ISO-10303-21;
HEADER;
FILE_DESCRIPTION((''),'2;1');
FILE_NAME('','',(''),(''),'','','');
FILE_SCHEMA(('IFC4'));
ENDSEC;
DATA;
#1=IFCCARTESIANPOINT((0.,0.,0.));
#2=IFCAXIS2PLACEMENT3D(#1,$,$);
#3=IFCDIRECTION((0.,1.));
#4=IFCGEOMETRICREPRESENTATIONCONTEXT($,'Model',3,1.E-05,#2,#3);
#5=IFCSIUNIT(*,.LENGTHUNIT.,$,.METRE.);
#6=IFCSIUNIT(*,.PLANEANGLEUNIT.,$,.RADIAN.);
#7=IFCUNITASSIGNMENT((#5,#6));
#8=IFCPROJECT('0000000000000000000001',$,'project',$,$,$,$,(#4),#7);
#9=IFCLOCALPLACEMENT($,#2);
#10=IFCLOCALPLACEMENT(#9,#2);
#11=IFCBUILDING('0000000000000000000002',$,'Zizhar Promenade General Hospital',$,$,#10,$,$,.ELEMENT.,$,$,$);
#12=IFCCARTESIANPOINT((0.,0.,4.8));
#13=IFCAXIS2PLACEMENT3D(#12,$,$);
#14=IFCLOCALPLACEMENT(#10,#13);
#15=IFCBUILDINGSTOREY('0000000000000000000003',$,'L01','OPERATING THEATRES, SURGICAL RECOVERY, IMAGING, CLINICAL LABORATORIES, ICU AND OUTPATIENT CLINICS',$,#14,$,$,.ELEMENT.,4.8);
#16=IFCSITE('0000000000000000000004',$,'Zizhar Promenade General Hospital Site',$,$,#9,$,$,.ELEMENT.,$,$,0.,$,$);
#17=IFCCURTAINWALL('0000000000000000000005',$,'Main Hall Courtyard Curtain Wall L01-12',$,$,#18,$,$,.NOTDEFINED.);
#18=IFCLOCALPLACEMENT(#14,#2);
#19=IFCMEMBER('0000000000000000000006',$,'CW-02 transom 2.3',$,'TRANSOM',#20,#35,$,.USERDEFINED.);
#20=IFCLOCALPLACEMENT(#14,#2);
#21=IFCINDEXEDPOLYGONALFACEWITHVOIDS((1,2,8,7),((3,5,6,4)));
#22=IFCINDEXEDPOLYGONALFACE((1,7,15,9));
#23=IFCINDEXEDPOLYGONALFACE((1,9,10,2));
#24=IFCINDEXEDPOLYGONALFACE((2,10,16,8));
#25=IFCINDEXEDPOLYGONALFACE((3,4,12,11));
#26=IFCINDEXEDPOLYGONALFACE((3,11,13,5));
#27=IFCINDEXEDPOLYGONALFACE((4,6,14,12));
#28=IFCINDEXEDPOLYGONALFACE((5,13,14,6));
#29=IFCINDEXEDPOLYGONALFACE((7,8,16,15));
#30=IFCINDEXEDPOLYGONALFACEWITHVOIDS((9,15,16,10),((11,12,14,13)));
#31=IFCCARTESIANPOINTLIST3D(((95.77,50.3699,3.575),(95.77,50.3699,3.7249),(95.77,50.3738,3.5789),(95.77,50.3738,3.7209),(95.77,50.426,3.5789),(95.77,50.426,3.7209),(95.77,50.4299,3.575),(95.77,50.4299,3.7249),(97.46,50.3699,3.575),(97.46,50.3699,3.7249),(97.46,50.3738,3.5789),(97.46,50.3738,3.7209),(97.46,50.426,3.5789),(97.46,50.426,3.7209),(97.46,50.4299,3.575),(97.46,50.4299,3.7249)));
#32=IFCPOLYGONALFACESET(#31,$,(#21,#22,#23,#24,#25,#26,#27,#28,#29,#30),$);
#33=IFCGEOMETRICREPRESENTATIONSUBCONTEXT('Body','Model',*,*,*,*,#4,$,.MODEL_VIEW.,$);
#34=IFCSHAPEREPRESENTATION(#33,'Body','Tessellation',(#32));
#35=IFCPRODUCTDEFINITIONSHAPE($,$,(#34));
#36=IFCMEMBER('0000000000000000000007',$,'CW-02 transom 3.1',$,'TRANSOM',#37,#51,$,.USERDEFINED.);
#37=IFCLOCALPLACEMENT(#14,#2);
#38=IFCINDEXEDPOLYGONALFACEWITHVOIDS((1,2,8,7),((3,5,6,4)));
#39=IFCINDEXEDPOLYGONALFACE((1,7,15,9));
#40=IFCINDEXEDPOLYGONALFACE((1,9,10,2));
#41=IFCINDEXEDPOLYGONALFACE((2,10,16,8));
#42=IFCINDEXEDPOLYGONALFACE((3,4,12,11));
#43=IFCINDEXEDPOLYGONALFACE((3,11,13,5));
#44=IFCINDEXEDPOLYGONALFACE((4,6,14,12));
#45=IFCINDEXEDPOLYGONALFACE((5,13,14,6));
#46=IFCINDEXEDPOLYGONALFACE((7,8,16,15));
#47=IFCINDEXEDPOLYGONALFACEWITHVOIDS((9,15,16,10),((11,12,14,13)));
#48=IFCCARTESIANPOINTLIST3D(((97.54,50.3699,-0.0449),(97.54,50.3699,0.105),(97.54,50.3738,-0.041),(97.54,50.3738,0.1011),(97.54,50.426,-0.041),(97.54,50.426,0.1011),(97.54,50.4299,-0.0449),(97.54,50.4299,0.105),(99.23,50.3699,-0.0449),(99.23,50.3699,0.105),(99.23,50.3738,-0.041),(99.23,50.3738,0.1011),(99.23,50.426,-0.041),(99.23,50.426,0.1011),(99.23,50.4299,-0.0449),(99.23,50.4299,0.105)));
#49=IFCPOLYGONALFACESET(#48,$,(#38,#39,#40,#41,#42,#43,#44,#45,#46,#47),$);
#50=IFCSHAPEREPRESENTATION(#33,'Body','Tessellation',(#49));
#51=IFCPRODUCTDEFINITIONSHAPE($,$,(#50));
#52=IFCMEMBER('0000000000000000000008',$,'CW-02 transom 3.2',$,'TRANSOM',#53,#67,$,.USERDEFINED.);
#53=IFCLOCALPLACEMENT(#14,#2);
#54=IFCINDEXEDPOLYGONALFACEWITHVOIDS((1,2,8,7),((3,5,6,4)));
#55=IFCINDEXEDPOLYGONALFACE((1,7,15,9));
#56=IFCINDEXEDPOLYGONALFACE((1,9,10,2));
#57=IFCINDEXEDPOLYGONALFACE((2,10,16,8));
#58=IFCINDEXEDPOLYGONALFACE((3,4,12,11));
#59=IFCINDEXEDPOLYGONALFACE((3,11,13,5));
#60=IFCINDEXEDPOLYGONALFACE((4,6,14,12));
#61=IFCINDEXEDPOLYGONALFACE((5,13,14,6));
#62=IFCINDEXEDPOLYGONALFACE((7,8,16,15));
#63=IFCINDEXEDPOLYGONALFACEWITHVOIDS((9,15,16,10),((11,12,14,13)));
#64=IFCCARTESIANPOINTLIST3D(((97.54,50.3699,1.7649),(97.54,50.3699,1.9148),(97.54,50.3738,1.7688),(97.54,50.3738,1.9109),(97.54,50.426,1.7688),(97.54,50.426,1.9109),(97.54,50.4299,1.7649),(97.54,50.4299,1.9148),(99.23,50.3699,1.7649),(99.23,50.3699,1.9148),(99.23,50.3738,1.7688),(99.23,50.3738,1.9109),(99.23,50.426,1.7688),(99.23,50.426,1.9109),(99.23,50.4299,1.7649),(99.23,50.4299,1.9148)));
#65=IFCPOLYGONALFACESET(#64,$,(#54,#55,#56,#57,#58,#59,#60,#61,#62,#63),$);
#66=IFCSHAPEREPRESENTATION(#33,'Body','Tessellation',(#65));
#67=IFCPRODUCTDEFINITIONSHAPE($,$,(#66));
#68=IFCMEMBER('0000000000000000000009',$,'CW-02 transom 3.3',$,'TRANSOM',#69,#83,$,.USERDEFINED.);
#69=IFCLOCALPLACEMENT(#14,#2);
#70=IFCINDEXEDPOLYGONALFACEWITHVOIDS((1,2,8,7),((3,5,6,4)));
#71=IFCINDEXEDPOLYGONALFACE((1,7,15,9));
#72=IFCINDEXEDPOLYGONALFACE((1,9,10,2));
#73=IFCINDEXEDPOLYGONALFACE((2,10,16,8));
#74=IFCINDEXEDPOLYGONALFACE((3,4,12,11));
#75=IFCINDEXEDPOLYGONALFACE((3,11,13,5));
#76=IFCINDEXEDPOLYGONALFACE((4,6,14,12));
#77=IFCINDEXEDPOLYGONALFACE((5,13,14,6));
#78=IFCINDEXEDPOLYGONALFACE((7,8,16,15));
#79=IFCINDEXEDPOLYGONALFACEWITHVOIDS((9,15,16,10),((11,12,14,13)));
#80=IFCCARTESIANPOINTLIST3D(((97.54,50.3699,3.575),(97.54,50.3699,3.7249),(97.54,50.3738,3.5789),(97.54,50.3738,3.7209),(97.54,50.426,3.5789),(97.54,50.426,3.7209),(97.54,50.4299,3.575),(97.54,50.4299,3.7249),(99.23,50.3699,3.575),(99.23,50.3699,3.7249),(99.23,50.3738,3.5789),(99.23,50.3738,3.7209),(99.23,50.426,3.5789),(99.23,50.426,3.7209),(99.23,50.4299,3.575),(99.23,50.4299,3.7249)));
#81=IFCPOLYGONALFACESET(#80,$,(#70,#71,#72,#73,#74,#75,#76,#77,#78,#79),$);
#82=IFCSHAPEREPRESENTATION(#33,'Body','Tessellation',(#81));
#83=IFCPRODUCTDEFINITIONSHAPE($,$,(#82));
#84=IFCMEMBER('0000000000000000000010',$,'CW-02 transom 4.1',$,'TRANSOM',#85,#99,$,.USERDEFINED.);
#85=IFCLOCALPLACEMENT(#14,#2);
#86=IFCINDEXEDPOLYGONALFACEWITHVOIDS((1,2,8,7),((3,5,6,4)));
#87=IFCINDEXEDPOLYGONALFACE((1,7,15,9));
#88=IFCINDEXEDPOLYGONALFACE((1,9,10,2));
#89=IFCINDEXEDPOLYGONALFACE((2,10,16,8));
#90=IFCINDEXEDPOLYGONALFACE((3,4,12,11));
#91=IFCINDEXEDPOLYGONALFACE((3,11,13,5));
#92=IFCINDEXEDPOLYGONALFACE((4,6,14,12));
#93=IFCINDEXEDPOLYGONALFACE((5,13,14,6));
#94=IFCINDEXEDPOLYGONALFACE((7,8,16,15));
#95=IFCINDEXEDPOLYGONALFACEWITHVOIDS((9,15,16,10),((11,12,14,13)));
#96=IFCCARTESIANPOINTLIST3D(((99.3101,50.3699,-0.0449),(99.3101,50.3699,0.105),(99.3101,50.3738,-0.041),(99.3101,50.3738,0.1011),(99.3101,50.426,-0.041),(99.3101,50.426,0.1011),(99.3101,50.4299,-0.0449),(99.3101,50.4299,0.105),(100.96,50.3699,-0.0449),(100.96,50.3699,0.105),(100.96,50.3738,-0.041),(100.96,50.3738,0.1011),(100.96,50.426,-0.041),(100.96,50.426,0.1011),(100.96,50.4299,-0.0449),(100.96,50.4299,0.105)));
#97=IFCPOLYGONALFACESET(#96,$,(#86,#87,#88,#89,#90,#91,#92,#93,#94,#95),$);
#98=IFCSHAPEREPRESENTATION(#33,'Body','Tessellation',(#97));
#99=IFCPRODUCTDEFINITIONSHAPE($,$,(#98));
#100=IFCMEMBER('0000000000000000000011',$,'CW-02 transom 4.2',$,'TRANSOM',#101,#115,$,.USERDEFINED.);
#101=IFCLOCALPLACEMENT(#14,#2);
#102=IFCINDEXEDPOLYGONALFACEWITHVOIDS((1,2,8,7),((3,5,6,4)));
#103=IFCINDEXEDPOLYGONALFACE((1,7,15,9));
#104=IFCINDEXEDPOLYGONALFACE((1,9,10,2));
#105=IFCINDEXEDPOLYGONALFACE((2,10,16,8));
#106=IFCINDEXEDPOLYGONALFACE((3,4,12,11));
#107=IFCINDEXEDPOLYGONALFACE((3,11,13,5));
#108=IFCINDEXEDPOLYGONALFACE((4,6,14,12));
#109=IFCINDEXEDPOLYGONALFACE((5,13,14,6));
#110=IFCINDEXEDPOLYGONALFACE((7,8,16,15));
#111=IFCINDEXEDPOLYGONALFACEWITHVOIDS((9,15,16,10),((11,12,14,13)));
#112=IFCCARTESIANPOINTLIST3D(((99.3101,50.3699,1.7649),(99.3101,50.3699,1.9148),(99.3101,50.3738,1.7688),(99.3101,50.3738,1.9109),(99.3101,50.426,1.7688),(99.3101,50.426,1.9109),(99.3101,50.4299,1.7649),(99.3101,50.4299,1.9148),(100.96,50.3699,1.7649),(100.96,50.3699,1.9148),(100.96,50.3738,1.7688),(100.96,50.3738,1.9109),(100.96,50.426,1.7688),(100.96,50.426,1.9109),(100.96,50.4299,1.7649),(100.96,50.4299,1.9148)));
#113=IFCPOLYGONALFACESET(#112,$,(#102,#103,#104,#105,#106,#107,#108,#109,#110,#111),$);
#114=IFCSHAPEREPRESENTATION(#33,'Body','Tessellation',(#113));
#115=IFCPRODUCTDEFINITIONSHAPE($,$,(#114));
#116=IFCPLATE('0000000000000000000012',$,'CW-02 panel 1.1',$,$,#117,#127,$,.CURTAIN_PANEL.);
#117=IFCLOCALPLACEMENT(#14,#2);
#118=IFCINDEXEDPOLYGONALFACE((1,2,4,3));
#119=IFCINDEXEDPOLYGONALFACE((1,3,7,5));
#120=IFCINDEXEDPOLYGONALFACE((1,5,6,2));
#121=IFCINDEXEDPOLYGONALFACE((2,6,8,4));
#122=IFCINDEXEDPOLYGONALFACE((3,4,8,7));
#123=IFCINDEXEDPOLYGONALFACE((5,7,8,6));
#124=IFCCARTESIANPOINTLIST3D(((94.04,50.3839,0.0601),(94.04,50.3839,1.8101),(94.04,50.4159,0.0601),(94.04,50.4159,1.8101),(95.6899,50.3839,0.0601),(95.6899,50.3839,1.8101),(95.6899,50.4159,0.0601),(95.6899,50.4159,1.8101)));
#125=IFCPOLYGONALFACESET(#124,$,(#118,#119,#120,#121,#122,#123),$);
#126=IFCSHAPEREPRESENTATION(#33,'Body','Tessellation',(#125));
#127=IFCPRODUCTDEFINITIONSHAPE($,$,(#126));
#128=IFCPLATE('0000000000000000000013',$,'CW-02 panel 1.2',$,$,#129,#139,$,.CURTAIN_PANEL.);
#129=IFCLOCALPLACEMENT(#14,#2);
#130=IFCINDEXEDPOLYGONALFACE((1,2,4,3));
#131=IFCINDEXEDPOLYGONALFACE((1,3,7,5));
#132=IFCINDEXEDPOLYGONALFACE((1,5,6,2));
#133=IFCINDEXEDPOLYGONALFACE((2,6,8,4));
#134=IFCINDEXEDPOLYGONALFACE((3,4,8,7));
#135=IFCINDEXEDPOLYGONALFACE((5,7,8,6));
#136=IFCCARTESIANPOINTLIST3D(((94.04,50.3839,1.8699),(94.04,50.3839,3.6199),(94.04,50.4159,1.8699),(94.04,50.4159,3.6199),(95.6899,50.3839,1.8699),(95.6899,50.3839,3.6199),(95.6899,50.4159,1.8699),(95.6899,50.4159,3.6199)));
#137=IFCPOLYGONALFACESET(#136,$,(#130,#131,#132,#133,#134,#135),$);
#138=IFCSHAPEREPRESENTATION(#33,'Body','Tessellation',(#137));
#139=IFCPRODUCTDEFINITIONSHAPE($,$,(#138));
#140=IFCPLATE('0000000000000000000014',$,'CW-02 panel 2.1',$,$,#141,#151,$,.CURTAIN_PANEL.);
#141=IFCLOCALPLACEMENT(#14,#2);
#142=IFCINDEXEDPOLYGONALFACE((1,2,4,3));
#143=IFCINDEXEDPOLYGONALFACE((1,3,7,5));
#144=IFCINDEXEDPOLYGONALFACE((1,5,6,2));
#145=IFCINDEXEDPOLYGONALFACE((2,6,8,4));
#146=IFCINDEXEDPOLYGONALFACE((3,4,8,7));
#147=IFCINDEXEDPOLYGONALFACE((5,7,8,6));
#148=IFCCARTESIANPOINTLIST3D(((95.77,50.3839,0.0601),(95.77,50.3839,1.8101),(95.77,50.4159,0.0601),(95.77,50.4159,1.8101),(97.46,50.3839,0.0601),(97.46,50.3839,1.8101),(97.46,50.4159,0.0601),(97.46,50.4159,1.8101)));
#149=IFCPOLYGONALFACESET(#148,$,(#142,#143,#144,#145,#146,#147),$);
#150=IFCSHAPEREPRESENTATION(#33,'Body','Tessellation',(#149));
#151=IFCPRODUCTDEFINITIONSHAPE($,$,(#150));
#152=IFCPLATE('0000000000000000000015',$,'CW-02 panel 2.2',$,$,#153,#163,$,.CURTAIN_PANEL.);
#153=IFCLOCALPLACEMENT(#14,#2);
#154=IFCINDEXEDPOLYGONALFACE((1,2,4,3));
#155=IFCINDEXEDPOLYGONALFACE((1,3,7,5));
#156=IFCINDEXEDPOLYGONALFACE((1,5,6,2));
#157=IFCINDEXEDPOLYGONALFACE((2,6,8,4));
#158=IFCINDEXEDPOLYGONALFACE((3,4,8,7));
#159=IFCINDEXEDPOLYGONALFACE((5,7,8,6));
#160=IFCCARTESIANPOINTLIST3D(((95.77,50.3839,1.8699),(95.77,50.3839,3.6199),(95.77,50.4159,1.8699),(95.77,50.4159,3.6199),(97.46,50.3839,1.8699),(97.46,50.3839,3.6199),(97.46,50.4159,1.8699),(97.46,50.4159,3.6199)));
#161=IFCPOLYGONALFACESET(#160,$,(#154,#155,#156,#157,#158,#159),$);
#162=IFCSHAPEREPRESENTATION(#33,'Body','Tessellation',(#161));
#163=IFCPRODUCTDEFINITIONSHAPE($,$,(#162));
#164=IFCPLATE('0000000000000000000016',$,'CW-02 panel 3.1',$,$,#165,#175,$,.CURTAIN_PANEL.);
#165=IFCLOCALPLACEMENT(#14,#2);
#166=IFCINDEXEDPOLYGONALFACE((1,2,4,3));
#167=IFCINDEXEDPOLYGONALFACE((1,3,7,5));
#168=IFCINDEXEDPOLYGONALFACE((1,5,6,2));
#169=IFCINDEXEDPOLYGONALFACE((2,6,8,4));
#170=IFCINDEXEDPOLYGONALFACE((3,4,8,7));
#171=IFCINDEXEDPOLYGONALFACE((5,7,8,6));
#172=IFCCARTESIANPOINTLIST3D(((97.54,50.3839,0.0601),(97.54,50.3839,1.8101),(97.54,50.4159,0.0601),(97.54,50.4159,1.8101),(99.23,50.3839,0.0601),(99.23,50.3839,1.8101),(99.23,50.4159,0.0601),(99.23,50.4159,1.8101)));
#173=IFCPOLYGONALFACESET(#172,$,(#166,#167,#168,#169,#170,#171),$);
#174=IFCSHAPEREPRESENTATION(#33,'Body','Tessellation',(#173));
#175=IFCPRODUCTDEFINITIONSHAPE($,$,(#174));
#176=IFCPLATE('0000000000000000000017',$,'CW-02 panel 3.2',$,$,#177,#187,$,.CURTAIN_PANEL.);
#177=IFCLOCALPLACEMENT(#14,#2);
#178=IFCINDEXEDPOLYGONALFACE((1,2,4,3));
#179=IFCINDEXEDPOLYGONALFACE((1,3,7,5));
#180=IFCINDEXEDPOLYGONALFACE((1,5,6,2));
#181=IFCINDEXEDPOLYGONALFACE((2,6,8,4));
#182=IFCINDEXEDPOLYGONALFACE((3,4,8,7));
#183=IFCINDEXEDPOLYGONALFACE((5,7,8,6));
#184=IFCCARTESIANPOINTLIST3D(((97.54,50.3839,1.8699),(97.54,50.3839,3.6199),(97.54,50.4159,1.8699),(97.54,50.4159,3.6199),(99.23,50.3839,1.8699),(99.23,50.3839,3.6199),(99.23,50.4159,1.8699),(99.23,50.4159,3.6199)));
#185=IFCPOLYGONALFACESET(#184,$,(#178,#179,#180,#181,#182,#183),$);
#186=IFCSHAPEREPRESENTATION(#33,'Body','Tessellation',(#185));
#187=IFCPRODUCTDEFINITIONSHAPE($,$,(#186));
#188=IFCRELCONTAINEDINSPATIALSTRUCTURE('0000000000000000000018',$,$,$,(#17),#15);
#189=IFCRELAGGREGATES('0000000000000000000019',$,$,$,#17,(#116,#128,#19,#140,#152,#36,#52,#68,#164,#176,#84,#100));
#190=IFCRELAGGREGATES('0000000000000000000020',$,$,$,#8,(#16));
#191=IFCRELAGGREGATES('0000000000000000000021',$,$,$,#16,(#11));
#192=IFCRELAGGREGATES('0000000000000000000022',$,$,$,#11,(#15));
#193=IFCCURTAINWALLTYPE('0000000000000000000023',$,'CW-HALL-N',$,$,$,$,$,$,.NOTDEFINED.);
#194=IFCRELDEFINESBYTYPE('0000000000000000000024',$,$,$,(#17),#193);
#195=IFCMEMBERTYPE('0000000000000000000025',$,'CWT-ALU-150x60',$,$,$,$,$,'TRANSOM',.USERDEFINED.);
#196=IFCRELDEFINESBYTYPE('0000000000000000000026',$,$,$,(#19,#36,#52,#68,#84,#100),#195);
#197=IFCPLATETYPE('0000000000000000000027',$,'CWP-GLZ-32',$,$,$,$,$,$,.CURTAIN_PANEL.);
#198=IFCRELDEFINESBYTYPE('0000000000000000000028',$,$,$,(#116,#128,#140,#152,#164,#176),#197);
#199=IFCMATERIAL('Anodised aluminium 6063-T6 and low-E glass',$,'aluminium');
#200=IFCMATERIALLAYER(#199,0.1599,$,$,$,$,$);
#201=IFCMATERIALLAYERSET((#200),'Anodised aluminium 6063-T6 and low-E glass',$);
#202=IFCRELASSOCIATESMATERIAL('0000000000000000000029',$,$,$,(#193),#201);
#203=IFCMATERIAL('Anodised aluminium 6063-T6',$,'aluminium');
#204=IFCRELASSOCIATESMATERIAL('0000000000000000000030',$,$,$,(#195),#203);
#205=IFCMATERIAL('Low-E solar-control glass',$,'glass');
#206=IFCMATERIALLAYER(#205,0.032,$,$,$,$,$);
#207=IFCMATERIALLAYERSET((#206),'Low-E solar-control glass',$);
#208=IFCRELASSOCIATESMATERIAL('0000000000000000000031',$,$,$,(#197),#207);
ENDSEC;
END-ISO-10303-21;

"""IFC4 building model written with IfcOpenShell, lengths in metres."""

from ifc_helpers import new_model, si_unit, direction, frame, origin, origin_2d, place, context, subcontext, project, spatial, rectangle, hollow_rectangle, extrude, material, layer, layer_set, material_profile, profile_set, type_object, element, aggregate, save


model = new_model("IFC4")

# Units and contexts
model_context = context("Model", 3, precision=1e-05, world=origin(), true_north=direction((0.0, 1.0)))
body_context = subcontext(model_context, "Body", "Model", "MODEL_VIEW")
ifc_project = project(units=[si_unit("LENGTHUNIT", "METRE"), si_unit("PLANEANGLEUNIT", "RADIAN")], contexts=[model_context])

# Site, building, storey
site_placement = place(None, origin())
site = spatial("IfcSite", under=ifc_project, at=site_placement, Name="Zizhar Promenade General Hospital Site", CompositionType="ELEMENT", RefElevation=0.0)
building_placement = place(site_placement, origin())
building = spatial("IfcBuilding", under=site, at=building_placement, Name="Zizhar Promenade General Hospital", CompositionType="ELEMENT")
storey_placement = place(building_placement, frame((0.0, 0.0, 4.8)))
storey = spatial("IfcBuildingStorey", under=building, at=storey_placement, Name="L01", Description="OPERATING THEATRES, SURGICAL RECOVERY, IMAGING, CLINICAL LABORATORIES, ICU AND OUTPATIENT CLINICS", CompositionType="ELEMENT", Elevation=4.8)

# Curtain wall, members, plates
ifc_material_1 = material(Name="Anodised aluminium 6063-T6 and low-E glass", Category="aluminium")
ifc_layer_1 = layer(ifc_material_1, 0.1599)
ifc_layer_set_1 = layer_set([ifc_layer_1], Name="Anodised aluminium 6063-T6 and low-E glass")
curtain_wall_type = type_object("IfcCurtainWallType", Name="CW-HALL-N", PredefinedType="NOTDEFINED", material=ifc_layer_set_1)
curtain_wall_placement = place(storey_placement, origin())
curtain_wall = element("IfcCurtainWall", 1, at=curtain_wall_placement, inside=storey, type_object=curtain_wall_type, Name="Main Hall Courtyard Curtain Wall L01-12", PredefinedType="NOTDEFINED")
ifc_material_2 = material(Name="Anodised aluminium 6063-T6", Category="aluminium")
ifc_material_profile_1 = material_profile(ifc_material_2, hollow_rectangle(XDim=0.0601, YDim=0.1499, WallThickness=0.0039, at=origin_2d()))
ifc_profile_set_1 = profile_set([ifc_material_profile_1], Name="Anodised aluminium 6063-T6")
member_type_1 = type_object("IfcMemberType", Name="CWT-ALU-150x60", ElementType="TRANSOM", PredefinedType="USERDEFINED", material=ifc_profile_set_1)
member_1_placement = place(storey_placement, frame((95.77, 50.3999, 3.6499), z_axis=(1.0, 0.0, 0.0), x_axis=(0.0, 1.0, 0.0)))
member_1 = element("IfcMember", 2, at=member_1_placement, type_object=member_type_1, Name="CW-02 transom 2.3", ObjectType="TRANSOM", PredefinedType="USERDEFINED", context=body_context, shape_type="SweptSolid", body=[
    extrude(hollow_rectangle(XDim=0.0601, YDim=0.1499, WallThickness=0.0039, at=origin_2d()), origin(), (0.0, 0.0, 1.0), 1.6899),
])
member_2_placement = place(storey_placement, frame((97.54, 50.3999, 0.03), z_axis=(1.0, 0.0, 0.0), x_axis=(0.0, 1.0, 0.0)))
member_2 = element("IfcMember", 3, at=member_2_placement, type_object=member_type_1, Name="CW-02 transom 3.1", ObjectType="TRANSOM", PredefinedType="USERDEFINED", context=body_context, shape_type="SweptSolid", body=[
    extrude(hollow_rectangle(XDim=0.0601, YDim=0.1499, WallThickness=0.0039, at=origin_2d()), origin(), (0.0, 0.0, 1.0), 1.6899),
])
member_3_placement = place(storey_placement, frame((97.54, 50.3999, 1.8398), z_axis=(1.0, 0.0, 0.0), x_axis=(0.0, 1.0, 0.0)))
member_3 = element("IfcMember", 4, at=member_3_placement, type_object=member_type_1, Name="CW-02 transom 3.2", ObjectType="TRANSOM", PredefinedType="USERDEFINED", context=body_context, shape_type="SweptSolid", body=[
    extrude(hollow_rectangle(XDim=0.0601, YDim=0.1499, WallThickness=0.0039, at=origin_2d()), origin(), (0.0, 0.0, 1.0), 1.6899),
])
member_4_placement = place(storey_placement, frame((97.54, 50.3999, 3.6499), z_axis=(1.0, 0.0, 0.0), x_axis=(0.0, 1.0, 0.0)))
member_4 = element("IfcMember", 5, at=member_4_placement, type_object=member_type_1, Name="CW-02 transom 3.3", ObjectType="TRANSOM", PredefinedType="USERDEFINED", context=body_context, shape_type="SweptSolid", body=[
    extrude(hollow_rectangle(XDim=0.0601, YDim=0.1499, WallThickness=0.0039, at=origin_2d()), origin(), (0.0, 0.0, 1.0), 1.6899),
])
member_5_placement = place(storey_placement, frame((99.3101, 50.3999, 0.03), z_axis=(1.0, 0.0, 0.0), x_axis=(0.0, 1.0, 0.0)))
member_5 = element("IfcMember", 6, at=member_5_placement, type_object=member_type_1, Name="CW-02 transom 4.1", ObjectType="TRANSOM", PredefinedType="USERDEFINED", context=body_context, shape_type="SweptSolid", body=[
    extrude(hollow_rectangle(XDim=0.0601, YDim=0.1499, WallThickness=0.0039, at=origin_2d()), origin(), (0.0, 0.0, 1.0), 1.6499),
])
member_6_placement = place(storey_placement, frame((99.3101, 50.3999, 1.8398), z_axis=(1.0, 0.0, 0.0), x_axis=(0.0, 1.0, 0.0)))
member_6 = element("IfcMember", 7, at=member_6_placement, type_object=member_type_1, Name="CW-02 transom 4.2", ObjectType="TRANSOM", PredefinedType="USERDEFINED", context=body_context, shape_type="SweptSolid", body=[
    extrude(hollow_rectangle(XDim=0.0601, YDim=0.1499, WallThickness=0.0039, at=origin_2d()), origin(), (0.0, 0.0, 1.0), 1.6499),
])
ifc_material_3 = material(Name="Low-E solar-control glass", Category="glass")
ifc_layer_2 = layer(ifc_material_3, 0.032)
ifc_layer_set_2 = layer_set([ifc_layer_2], Name="Low-E solar-control glass")
plate_type = type_object("IfcPlateType", Name="CWP-GLZ-32", PredefinedType="CURTAIN_PANEL", material=ifc_layer_set_2)
plate_1_placement = place(storey_placement, frame((94.865, 50.3999, 0.0601), z_axis=(0.0, 0.0, 1.0), x_axis=(1.0, 0.0, 0.0)))
plate_1 = element("IfcPlate", 8, at=plate_1_placement, type_object=plate_type, Name="CW-02 panel 1.1", PredefinedType="CURTAIN_PANEL", context=body_context, shape_type="SweptSolid", body=[
    extrude(rectangle(XDim=1.6499, YDim=0.032, at=origin_2d()), origin(), (0.0, 0.0, 1.0), 1.75),
])
plate_2_placement = place(storey_placement, frame((94.865, 50.3999, 1.8699), z_axis=(0.0, 0.0, 1.0), x_axis=(1.0, 0.0, 0.0)))
plate_2 = element("IfcPlate", 9, at=plate_2_placement, type_object=plate_type, Name="CW-02 panel 1.2", PredefinedType="CURTAIN_PANEL", context=body_context, shape_type="SweptSolid", body=[
    extrude(rectangle(XDim=1.6499, YDim=0.032, at=origin_2d()), origin(), (0.0, 0.0, 1.0), 1.75),
])
plate_3_placement = place(storey_placement, frame((96.615, 50.3999, 0.0601), z_axis=(0.0, 0.0, 1.0), x_axis=(1.0, 0.0, 0.0)))
plate_3 = element("IfcPlate", 10, at=plate_3_placement, type_object=plate_type, Name="CW-02 panel 2.1", PredefinedType="CURTAIN_PANEL", context=body_context, shape_type="SweptSolid", body=[
    extrude(rectangle(XDim=1.6899, YDim=0.032, at=origin_2d()), origin(), (0.0, 0.0, 1.0), 1.75),
])
plate_4_placement = place(storey_placement, frame((96.615, 50.3999, 1.8699), z_axis=(0.0, 0.0, 1.0), x_axis=(1.0, 0.0, 0.0)))
plate_4 = element("IfcPlate", 11, at=plate_4_placement, type_object=plate_type, Name="CW-02 panel 2.2", PredefinedType="CURTAIN_PANEL", context=body_context, shape_type="SweptSolid", body=[
    extrude(rectangle(XDim=1.6899, YDim=0.032, at=origin_2d()), origin(), (0.0, 0.0, 1.0), 1.75),
])
plate_5_placement = place(storey_placement, frame((98.385, 50.3999, 0.0601), z_axis=(0.0, 0.0, 1.0), x_axis=(1.0, 0.0, 0.0)))
plate_5 = element("IfcPlate", 12, at=plate_5_placement, type_object=plate_type, Name="CW-02 panel 3.1", PredefinedType="CURTAIN_PANEL", context=body_context, shape_type="SweptSolid", body=[
    extrude(rectangle(XDim=1.6899, YDim=0.032, at=origin_2d()), origin(), (0.0, 0.0, 1.0), 1.75),
])
plate_6_placement = place(storey_placement, frame((98.385, 50.3999, 1.8699), z_axis=(0.0, 0.0, 1.0), x_axis=(1.0, 0.0, 0.0)))
plate_6 = element("IfcPlate", 13, at=plate_6_placement, type_object=plate_type, Name="CW-02 panel 3.2", PredefinedType="CURTAIN_PANEL", context=body_context, shape_type="SweptSolid", body=[
    extrude(rectangle(XDim=1.6899, YDim=0.032, at=origin_2d()), origin(), (0.0, 0.0, 1.0), 1.75),
])
aggregate(curtain_wall, [plate_1, plate_2, member_1, plate_3, plate_4, member_2, member_3, member_4, plate_5, plate_6, member_5, member_6])

save(model, "model.ifc")
